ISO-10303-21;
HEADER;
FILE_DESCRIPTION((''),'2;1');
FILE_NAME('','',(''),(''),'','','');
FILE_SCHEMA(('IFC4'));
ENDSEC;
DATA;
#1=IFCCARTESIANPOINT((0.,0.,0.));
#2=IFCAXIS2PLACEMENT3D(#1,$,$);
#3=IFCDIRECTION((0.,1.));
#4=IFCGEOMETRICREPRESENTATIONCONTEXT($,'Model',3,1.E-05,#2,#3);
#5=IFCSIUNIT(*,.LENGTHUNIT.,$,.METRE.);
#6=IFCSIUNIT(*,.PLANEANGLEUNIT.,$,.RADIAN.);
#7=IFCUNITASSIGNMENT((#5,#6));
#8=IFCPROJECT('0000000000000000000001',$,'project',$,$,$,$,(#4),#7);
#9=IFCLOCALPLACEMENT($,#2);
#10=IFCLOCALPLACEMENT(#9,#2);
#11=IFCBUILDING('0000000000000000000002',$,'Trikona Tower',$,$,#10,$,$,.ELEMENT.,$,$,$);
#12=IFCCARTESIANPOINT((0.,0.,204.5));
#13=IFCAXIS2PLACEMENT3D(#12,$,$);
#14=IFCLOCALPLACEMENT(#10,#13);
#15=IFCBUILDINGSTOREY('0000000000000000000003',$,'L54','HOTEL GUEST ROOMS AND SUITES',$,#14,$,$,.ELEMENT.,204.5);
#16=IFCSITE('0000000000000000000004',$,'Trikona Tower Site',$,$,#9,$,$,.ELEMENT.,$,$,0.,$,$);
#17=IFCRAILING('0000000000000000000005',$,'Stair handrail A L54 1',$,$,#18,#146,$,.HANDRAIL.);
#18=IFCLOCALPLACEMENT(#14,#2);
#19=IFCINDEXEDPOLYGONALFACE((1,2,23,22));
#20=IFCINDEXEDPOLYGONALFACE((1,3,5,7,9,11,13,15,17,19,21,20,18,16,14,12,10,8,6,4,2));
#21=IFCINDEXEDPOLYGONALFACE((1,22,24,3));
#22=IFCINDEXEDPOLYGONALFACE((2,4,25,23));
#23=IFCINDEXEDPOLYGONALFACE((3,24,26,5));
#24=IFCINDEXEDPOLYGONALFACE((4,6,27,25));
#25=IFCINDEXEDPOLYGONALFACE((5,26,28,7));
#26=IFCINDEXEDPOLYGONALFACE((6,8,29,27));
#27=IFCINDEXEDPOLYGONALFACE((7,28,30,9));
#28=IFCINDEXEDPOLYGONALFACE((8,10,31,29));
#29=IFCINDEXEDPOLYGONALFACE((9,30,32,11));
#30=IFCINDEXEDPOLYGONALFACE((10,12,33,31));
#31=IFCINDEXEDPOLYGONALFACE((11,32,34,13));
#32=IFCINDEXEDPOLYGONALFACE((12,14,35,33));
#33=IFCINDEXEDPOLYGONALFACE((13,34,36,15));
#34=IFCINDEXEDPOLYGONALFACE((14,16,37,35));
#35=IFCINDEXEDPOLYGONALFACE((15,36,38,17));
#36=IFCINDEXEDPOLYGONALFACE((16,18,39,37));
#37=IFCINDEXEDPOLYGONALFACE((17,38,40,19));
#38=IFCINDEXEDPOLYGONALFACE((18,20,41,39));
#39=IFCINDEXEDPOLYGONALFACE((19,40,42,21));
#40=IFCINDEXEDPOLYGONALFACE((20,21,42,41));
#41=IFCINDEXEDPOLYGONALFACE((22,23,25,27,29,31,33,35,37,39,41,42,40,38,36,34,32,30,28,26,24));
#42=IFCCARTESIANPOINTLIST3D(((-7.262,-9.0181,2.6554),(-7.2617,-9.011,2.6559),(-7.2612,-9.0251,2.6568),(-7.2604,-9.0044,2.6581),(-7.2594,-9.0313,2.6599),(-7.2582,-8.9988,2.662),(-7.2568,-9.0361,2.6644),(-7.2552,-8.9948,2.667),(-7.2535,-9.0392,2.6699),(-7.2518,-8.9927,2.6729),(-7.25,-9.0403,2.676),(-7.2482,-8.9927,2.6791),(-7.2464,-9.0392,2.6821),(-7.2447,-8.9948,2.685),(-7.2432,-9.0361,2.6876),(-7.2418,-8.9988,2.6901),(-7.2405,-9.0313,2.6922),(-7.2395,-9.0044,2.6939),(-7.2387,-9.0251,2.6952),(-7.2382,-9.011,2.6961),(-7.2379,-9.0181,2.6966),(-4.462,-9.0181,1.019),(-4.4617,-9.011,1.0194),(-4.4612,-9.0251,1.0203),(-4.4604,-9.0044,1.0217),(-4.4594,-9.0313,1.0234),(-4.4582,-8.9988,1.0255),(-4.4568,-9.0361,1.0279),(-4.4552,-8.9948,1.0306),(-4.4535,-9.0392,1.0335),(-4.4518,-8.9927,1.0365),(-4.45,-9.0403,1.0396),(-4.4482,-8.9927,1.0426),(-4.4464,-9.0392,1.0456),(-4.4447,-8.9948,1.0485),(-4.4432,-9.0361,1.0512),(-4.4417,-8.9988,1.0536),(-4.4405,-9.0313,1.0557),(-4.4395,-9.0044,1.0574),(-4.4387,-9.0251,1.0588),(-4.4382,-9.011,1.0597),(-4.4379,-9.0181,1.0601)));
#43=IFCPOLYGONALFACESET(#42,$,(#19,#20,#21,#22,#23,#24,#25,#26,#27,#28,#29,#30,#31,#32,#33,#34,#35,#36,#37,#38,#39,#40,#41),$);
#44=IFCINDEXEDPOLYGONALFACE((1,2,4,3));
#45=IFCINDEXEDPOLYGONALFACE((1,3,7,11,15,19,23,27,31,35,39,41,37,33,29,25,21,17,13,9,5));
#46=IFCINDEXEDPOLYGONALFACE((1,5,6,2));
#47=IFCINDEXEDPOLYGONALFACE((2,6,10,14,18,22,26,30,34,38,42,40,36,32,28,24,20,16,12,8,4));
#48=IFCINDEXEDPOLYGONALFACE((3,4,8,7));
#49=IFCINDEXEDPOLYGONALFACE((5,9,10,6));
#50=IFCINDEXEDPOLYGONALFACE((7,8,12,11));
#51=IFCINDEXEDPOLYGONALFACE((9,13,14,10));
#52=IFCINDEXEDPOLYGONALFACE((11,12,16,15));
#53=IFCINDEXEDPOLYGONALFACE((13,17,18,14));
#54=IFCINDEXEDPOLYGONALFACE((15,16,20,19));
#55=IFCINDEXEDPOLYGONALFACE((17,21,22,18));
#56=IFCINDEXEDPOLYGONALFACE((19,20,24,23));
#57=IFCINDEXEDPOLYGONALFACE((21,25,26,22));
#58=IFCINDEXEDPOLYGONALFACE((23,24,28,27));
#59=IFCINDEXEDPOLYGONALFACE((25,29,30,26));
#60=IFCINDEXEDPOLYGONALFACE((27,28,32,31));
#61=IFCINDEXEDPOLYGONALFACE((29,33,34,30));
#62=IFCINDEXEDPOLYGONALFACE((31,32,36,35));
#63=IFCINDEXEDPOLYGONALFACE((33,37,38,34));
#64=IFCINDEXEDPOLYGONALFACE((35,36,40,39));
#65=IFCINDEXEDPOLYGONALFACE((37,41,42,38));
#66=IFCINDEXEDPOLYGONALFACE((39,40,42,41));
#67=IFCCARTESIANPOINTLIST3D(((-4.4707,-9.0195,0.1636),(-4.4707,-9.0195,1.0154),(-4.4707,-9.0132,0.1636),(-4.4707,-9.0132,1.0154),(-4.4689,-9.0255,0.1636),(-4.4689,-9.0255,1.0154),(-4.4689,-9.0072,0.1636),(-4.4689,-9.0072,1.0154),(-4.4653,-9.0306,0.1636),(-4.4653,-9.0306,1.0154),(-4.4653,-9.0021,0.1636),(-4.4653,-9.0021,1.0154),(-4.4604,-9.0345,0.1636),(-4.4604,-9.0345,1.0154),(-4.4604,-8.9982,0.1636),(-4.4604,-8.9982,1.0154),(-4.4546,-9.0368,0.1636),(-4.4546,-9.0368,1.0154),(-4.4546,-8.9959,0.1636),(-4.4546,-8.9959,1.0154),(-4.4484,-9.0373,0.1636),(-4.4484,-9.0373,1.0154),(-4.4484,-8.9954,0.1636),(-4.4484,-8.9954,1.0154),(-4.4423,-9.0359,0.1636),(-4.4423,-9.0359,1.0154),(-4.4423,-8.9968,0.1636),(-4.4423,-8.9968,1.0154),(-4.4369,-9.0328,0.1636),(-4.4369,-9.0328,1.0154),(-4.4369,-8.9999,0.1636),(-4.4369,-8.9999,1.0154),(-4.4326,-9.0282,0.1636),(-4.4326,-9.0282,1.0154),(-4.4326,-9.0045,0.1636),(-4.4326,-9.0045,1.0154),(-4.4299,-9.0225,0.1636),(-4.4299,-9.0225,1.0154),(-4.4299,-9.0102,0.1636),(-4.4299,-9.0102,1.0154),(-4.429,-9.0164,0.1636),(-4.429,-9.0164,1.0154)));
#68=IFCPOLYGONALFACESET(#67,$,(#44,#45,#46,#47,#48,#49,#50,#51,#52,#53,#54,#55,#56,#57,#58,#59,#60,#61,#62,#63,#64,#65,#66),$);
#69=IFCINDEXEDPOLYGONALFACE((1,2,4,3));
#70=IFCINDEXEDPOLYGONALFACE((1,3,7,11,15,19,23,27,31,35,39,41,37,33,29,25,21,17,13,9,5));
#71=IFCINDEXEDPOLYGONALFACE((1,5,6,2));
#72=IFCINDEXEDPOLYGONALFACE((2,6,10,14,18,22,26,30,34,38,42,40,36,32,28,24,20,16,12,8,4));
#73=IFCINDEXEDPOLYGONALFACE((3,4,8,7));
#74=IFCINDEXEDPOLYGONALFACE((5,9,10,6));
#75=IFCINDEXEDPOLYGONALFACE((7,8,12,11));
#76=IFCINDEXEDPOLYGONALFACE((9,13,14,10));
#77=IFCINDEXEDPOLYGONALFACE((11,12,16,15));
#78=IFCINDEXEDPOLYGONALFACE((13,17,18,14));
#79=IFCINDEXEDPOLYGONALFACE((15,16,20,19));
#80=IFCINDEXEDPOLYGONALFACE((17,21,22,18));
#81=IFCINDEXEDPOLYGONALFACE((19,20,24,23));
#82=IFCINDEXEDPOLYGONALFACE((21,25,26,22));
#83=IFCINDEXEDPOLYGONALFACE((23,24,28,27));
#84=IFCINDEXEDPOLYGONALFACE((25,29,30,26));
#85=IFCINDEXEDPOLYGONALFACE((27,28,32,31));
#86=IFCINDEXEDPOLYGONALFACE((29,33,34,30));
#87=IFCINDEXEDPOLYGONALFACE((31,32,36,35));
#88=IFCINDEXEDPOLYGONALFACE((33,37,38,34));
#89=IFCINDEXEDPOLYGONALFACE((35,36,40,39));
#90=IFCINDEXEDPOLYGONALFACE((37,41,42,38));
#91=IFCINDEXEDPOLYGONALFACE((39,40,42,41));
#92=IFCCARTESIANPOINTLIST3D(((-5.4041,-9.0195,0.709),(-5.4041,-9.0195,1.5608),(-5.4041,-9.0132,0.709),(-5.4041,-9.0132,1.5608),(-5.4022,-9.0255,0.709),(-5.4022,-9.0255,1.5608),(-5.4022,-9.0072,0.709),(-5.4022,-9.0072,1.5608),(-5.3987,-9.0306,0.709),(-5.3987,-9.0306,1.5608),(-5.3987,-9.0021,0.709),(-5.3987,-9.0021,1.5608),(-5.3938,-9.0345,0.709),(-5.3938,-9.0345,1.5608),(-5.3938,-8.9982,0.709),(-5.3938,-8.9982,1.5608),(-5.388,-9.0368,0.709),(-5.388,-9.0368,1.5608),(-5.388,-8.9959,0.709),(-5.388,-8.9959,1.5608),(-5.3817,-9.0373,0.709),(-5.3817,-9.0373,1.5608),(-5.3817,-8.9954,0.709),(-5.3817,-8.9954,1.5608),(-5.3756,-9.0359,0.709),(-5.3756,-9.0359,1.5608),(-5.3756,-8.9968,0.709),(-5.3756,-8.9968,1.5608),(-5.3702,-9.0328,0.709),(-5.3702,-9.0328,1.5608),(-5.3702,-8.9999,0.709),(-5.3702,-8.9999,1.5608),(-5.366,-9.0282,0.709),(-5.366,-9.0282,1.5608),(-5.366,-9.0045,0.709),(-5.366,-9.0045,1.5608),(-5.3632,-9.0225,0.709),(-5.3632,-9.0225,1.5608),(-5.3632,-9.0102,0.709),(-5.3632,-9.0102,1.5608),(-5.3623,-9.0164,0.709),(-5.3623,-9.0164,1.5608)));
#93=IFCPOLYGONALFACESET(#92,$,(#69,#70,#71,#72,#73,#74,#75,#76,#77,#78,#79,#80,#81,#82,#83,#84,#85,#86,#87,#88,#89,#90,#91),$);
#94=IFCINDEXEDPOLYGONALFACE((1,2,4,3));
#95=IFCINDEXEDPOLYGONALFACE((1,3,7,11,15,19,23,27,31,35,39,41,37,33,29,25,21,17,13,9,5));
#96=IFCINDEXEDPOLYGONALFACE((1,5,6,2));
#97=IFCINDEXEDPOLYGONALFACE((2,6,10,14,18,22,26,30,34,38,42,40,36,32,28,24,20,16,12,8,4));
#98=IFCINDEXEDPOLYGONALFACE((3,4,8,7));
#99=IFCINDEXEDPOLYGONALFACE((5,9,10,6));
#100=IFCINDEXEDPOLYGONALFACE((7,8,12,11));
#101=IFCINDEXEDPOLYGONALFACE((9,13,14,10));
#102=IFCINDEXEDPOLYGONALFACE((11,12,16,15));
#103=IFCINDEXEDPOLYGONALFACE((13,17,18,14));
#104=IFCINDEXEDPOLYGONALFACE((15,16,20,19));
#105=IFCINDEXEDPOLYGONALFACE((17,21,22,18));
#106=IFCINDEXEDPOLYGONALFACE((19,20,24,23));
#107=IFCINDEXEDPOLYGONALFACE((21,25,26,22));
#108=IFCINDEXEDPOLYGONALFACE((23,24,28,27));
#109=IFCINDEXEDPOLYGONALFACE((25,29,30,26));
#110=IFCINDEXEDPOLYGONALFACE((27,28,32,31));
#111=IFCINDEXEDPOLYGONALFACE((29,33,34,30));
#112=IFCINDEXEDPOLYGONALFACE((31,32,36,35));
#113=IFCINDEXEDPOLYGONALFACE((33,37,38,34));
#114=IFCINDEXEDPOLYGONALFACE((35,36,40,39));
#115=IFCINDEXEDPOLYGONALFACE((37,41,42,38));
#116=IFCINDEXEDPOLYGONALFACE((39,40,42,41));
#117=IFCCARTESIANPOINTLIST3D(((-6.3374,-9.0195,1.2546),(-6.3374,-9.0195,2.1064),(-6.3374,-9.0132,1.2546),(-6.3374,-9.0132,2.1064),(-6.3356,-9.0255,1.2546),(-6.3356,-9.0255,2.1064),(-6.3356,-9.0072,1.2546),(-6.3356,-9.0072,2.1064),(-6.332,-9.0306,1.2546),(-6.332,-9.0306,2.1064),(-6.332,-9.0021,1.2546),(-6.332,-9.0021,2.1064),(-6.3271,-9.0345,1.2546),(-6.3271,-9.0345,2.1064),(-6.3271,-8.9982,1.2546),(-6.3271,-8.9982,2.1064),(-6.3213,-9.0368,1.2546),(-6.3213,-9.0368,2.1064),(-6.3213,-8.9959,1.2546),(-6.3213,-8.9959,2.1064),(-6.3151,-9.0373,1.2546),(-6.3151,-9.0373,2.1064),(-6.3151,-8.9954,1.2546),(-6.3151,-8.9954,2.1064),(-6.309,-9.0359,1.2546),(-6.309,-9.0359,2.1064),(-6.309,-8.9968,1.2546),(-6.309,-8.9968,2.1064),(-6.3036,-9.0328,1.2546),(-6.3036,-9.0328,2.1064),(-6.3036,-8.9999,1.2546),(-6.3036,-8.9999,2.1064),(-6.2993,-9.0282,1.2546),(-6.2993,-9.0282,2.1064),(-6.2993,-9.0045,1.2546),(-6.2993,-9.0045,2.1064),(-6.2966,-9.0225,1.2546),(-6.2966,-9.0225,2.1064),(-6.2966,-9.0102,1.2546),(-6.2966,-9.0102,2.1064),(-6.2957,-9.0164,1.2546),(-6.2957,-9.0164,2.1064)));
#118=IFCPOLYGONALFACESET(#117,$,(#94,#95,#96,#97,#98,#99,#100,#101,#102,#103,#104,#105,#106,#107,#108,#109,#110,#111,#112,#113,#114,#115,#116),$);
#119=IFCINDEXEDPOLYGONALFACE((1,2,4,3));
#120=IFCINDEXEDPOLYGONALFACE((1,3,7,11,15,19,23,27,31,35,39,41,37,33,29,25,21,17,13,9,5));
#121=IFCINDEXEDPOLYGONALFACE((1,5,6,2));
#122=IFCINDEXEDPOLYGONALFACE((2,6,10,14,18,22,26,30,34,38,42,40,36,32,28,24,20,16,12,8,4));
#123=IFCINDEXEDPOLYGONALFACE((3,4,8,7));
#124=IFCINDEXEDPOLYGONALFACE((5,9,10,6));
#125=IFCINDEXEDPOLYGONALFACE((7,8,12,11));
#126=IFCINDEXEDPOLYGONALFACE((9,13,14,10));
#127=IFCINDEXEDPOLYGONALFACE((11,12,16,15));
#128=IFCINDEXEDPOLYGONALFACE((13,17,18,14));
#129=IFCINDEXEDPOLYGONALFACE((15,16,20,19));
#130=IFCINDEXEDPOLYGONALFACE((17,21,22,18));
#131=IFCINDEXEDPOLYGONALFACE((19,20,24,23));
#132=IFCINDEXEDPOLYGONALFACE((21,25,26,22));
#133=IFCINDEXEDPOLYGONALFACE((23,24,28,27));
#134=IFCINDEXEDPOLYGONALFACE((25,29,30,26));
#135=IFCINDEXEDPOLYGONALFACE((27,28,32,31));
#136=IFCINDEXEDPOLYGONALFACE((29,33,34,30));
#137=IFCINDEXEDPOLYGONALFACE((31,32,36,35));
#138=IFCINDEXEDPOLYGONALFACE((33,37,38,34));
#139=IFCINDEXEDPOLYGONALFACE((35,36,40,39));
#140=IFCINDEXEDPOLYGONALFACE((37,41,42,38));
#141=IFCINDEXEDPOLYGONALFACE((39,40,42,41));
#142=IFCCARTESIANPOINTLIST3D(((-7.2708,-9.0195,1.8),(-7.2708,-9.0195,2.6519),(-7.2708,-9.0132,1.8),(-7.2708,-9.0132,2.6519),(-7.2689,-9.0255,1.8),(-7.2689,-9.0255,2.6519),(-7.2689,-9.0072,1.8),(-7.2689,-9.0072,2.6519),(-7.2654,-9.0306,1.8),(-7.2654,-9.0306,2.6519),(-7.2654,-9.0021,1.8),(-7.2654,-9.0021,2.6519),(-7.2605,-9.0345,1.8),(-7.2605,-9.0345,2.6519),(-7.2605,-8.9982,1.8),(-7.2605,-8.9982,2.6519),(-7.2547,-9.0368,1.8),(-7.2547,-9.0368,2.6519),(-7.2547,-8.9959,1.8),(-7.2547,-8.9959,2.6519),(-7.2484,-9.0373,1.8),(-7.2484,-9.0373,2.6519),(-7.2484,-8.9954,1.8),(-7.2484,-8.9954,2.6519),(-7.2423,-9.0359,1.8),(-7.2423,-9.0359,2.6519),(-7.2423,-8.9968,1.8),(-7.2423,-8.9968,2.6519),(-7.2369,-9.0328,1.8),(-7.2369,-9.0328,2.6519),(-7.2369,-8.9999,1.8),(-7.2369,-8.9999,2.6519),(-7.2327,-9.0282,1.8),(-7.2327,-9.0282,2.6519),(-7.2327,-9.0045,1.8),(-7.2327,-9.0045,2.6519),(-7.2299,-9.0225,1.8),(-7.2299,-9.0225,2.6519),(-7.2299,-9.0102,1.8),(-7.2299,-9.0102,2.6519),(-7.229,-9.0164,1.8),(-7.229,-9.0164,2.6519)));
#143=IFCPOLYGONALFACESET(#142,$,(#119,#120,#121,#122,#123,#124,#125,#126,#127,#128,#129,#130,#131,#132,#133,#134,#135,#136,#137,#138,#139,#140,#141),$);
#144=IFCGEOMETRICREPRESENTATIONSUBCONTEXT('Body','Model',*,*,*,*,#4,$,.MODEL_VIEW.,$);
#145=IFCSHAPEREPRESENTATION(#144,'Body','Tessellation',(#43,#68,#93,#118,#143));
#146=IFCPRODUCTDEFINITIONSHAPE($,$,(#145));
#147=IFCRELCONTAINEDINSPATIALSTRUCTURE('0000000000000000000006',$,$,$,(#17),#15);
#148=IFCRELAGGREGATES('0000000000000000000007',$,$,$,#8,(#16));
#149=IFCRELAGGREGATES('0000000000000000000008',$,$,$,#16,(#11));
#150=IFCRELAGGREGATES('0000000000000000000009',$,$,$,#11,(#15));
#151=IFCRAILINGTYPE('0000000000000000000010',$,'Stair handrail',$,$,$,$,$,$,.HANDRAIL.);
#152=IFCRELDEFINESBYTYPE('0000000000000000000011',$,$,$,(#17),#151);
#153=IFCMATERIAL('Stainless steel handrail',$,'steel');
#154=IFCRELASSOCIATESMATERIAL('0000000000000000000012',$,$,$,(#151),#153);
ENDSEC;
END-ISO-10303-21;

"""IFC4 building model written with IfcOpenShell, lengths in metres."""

from ifc_helpers import new_model, si_unit, direction, frame, origin, origin_2d, place, context, subcontext, project, spatial, circle, extrude, material, type_object, element, save


model = new_model("IFC4")

# Units and contexts
model_context = context("Model", 3, precision=1e-05, world=origin(), true_north=direction((0.0, 1.0)))
body_context = subcontext(model_context, "Body", "Model", "MODEL_VIEW")
ifc_project = project(units=[si_unit("LENGTHUNIT", "METRE"), si_unit("PLANEANGLEUNIT", "RADIAN")], contexts=[model_context])

# Site, building, storey
site_placement = place(None, origin())
site = spatial("IfcSite", under=ifc_project, at=site_placement, Name="Trikona Tower Site", CompositionType="ELEMENT", RefElevation=0.0)
building_placement = place(site_placement, origin())
building = spatial("IfcBuilding", under=site, at=building_placement, Name="Trikona Tower", CompositionType="ELEMENT")
storey_placement = place(building_placement, frame((0.0, 0.0, 204.5)))
storey = spatial("IfcBuildingStorey", under=building, at=storey_placement, Name="L54", Description="HOTEL GUEST ROOMS AND SUITES", CompositionType="ELEMENT", Elevation=204.5)

# Railing
ifc_material_1 = material(Name="Stainless steel handrail", Category="steel")
railing_type = type_object("IfcRailingType", Name="Stair handrail", PredefinedType="HANDRAIL", material=ifc_material_1)
railing_1_placement = place(storey_placement, frame((-4.45, -9.0164, 0.1636)))
element("IfcRailing", 1, at=railing_1_placement, inside=storey, type_object=railing_type, Name="Stair handrail A L54 1", PredefinedType="HANDRAIL", context=body_context, shape_type="SweptSolid", body=[
    extrude(circle(Radius=0.0239, at=origin_2d()), frame((0.0, 0.0, 0.876), z_axis=(-0.863361, 0.0, 0.504587), x_axis=(0.0, -1.0, 0.0)), (0.0, 0.0, 1.0), 3.2432),
    extrude(circle(Radius=0.021, at=origin_2d()), origin(), (0.0, 0.0, 1.0), 0.8518),
    extrude(circle(Radius=0.021, at=origin_2d()), frame((-0.9333, 0.0, 0.5454)), (0.0, 0.0, 1.0), 0.8518),
    extrude(circle(Radius=0.021, at=origin_2d()), frame((-1.8667, 0.0, 1.0911)), (0.0, 0.0, 1.0), 0.8518),
    extrude(circle(Radius=0.021, at=origin_2d()), frame((-2.8, 0.0, 1.6365)), (0.0, 0.0, 1.0), 0.8518),
])

save(model, "model.ifc")
